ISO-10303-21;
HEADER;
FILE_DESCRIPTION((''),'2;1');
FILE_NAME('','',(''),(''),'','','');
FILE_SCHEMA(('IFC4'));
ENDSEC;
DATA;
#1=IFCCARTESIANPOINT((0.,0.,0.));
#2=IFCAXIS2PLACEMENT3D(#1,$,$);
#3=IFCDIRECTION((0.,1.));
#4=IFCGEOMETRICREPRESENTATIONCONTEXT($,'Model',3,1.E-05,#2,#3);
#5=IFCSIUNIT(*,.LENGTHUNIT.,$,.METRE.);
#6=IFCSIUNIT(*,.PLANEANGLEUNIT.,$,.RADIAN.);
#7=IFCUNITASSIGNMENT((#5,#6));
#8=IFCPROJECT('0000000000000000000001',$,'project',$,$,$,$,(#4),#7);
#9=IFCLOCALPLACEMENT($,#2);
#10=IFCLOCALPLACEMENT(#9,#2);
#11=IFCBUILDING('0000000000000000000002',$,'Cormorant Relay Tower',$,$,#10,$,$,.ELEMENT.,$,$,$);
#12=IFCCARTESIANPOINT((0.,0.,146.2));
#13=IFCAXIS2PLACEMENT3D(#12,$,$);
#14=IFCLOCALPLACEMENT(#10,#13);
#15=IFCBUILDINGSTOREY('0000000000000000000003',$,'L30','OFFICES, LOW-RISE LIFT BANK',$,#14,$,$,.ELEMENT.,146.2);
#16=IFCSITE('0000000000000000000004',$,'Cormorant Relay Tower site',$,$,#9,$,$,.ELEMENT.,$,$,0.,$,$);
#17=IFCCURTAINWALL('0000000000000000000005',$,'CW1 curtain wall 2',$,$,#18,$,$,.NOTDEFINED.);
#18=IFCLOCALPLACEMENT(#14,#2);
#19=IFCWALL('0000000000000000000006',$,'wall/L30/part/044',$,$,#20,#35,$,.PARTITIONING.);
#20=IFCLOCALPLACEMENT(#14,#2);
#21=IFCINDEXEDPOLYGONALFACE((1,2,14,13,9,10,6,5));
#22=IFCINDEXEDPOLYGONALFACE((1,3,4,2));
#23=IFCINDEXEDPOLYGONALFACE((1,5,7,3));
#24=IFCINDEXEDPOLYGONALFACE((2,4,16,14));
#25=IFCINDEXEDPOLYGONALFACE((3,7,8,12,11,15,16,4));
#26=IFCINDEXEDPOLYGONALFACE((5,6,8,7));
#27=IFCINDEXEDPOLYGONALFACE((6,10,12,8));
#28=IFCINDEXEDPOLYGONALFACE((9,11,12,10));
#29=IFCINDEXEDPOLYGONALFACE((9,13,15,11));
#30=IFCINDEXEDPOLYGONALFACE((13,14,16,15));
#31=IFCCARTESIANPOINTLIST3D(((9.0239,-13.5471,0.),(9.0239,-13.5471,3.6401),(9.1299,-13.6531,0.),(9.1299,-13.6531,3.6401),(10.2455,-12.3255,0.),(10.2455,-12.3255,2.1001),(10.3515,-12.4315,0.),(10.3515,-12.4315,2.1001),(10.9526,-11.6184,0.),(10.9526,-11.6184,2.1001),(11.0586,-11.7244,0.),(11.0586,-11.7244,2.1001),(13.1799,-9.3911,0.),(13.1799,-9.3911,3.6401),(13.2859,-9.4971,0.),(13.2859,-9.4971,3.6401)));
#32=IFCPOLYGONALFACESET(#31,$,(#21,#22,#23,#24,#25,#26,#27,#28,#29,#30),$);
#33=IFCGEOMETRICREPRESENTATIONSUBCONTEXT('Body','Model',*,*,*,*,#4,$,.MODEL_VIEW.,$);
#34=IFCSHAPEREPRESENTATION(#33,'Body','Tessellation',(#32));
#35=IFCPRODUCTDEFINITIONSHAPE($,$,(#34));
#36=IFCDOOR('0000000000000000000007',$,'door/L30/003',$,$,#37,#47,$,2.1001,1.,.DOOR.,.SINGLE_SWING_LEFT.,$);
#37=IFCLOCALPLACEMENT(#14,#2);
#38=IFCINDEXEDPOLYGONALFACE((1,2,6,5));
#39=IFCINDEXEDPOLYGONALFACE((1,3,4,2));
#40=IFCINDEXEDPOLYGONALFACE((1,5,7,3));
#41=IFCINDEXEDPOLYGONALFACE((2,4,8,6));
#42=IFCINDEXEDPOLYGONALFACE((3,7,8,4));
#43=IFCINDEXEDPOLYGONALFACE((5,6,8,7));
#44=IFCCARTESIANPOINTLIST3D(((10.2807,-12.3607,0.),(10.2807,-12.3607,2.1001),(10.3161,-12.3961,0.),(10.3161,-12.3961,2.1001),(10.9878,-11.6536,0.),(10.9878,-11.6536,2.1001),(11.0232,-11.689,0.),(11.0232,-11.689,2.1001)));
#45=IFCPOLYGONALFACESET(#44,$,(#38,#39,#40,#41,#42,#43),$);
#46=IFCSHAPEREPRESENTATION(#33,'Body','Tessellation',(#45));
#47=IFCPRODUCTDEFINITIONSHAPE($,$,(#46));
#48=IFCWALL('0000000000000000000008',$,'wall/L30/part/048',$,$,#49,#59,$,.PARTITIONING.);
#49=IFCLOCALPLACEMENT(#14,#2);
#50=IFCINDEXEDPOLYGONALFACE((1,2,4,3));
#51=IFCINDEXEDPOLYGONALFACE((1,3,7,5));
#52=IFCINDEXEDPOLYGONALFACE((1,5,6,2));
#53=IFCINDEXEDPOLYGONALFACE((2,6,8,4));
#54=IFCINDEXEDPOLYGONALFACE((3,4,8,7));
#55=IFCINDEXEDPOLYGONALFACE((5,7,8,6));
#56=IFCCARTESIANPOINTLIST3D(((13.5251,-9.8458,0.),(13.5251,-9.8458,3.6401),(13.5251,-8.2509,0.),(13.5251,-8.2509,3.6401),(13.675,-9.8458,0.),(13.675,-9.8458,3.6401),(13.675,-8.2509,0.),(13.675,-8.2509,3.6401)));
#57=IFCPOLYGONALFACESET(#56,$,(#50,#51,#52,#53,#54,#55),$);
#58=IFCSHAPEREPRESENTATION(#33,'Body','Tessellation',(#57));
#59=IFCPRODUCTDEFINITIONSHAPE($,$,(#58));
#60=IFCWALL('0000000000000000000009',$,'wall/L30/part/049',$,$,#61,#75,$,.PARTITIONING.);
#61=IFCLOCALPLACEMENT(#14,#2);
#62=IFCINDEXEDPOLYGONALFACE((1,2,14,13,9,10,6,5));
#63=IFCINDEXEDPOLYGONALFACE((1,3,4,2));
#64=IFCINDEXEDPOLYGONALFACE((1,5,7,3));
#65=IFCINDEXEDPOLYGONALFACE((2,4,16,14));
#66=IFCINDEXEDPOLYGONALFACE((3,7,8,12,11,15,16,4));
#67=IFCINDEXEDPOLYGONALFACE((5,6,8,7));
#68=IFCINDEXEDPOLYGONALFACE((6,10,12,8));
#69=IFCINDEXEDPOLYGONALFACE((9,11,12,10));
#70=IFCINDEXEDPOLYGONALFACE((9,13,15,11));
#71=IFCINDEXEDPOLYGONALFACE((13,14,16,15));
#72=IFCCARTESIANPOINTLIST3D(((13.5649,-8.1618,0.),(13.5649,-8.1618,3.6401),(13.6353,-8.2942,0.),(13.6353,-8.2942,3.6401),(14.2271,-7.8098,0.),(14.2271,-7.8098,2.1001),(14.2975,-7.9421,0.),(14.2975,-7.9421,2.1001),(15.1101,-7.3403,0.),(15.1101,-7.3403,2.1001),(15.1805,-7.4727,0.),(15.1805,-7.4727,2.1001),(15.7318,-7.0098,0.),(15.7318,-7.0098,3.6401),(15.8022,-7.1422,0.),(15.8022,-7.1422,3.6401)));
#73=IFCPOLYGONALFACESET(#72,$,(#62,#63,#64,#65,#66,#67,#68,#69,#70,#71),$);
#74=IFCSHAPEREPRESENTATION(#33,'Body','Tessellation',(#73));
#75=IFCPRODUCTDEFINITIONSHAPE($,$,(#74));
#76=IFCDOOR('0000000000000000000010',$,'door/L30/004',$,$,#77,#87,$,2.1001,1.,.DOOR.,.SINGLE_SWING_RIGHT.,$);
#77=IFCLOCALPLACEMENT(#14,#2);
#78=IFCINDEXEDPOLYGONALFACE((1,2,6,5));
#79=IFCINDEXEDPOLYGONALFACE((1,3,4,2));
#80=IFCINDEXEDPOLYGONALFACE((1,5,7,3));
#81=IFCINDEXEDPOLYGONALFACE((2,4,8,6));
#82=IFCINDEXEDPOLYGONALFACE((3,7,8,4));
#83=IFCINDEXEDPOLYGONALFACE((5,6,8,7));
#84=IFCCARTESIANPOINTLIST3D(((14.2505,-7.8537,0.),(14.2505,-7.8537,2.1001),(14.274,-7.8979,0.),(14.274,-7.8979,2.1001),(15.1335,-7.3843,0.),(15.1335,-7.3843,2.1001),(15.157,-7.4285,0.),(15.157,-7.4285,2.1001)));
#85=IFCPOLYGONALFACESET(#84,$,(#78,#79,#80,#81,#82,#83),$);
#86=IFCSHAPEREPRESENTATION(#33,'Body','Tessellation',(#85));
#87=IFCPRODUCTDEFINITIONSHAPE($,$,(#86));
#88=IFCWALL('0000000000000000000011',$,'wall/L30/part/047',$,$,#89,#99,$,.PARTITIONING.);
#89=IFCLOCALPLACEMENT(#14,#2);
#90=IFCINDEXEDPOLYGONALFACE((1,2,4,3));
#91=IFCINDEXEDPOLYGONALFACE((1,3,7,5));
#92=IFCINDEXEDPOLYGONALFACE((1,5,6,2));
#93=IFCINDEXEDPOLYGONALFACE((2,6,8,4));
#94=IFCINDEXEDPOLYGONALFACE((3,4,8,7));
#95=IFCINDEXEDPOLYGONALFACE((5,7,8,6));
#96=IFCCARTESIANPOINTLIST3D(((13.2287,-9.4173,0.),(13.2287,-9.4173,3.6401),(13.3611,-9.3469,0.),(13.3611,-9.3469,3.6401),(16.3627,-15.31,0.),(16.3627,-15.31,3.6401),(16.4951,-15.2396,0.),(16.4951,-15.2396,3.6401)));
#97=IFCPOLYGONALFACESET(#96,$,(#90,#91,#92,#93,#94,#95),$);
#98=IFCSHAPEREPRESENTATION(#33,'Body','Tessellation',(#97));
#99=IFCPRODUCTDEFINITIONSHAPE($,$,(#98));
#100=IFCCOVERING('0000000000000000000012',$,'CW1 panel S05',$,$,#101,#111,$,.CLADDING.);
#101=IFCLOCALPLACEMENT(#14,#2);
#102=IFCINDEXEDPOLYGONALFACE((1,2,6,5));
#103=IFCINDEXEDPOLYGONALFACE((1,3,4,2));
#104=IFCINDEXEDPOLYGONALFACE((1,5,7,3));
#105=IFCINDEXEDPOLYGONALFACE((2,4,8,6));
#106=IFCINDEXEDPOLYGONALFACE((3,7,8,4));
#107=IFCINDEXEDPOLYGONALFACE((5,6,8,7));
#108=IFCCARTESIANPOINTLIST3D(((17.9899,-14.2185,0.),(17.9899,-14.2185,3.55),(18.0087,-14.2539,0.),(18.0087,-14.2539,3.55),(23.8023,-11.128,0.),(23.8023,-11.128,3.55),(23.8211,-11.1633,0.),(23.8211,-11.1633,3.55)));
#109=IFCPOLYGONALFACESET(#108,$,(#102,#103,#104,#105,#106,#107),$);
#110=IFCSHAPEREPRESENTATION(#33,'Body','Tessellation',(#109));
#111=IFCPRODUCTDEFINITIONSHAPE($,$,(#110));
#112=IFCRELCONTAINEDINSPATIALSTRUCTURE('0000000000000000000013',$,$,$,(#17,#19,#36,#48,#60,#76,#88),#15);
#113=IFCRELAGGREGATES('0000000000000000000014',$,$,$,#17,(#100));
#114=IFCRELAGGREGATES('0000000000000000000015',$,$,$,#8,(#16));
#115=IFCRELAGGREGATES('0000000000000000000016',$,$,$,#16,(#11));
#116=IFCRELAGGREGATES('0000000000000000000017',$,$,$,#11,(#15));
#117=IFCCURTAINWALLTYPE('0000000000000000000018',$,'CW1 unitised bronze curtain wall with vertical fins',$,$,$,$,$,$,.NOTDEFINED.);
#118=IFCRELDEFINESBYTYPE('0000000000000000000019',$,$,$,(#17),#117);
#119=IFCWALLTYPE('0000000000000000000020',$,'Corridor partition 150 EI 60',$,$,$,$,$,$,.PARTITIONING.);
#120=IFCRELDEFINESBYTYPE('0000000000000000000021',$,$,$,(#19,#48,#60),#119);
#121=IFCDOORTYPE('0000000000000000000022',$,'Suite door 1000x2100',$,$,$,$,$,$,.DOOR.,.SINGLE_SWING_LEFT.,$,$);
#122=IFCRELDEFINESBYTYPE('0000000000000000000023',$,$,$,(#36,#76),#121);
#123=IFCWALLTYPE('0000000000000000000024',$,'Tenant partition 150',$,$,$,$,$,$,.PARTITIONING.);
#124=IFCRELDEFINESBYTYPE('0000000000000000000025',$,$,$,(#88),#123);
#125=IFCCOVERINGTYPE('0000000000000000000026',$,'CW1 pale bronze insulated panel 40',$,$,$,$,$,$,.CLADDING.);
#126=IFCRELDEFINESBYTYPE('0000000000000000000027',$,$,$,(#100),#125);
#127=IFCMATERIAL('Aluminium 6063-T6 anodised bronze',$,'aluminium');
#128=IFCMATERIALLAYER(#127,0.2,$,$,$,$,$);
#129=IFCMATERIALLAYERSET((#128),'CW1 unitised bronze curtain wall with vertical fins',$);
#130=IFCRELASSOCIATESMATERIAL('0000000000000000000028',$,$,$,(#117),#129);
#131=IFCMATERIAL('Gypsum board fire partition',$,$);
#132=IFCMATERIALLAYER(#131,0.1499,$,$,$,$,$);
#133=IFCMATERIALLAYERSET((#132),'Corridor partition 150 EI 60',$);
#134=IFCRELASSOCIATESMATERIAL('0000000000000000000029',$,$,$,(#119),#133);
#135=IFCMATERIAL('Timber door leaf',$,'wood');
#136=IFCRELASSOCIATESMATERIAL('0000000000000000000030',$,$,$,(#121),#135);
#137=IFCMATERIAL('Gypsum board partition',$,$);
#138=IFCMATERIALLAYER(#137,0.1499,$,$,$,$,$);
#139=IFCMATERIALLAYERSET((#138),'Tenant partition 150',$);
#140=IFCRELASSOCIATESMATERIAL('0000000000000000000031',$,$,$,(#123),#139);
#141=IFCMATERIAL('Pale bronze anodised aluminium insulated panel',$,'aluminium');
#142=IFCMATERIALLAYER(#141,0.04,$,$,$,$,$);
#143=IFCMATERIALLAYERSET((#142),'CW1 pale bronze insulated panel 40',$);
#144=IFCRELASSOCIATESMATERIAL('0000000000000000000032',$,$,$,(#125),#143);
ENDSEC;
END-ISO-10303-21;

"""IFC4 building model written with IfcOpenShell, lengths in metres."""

from ifc_helpers import new_model, si_unit, direction, frame, frame_2d, origin, origin_2d, place, context, subcontext, project, spatial, rectangle, extrude, material, layer, layer_set, type_object, element, fill, aggregate, save


model = new_model("IFC4")

# Units and contexts
model_context = context("Model", 3, precision=1e-05, world=origin(), true_north=direction((0.0, 1.0)))
body_context = subcontext(model_context, "Body", "Model", "MODEL_VIEW")
ifc_project = project(units=[si_unit("LENGTHUNIT", "METRE"), si_unit("PLANEANGLEUNIT", "RADIAN")], contexts=[model_context])

# Site, building, storey
site_placement = place(None, origin())
site = spatial("IfcSite", under=ifc_project, at=site_placement, Name="Cormorant Relay Tower site", CompositionType="ELEMENT", RefElevation=0.0)
building_placement = place(site_placement, origin())
building = spatial("IfcBuilding", under=site, at=building_placement, Name="Cormorant Relay Tower", CompositionType="ELEMENT")
storey_placement = place(building_placement, frame((0.0, 0.0, 146.2)))
storey = spatial("IfcBuildingStorey", under=building, at=storey_placement, Name="L30", Description="OFFICES, LOW-RISE LIFT BANK", CompositionType="ELEMENT", Elevation=146.2)

# Curtain wall
ifc_material_1 = material(Name="Aluminium 6063-T6 anodised bronze", Category="aluminium")
ifc_layer_1 = layer(ifc_material_1, 0.2)
ifc_layer_set_1 = layer_set([ifc_layer_1], Name="CW1 unitised bronze curtain wall with vertical fins")
curtain_wall_type = type_object("IfcCurtainWallType", Name="CW1 unitised bronze curtain wall with vertical fins", PredefinedType="NOTDEFINED", material=ifc_layer_set_1)
curtain_wall_placement = place(storey_placement, origin())
curtain_wall = element("IfcCurtainWall", 1, at=curtain_wall_placement, inside=storey, type_object=curtain_wall_type, Name="CW1 curtain wall 2", PredefinedType="NOTDEFINED")

# Wall, opening, door
ifc_material_2 = material(Name="Gypsum board fire partition")
ifc_layer_2 = layer(ifc_material_2, 0.1499)
ifc_layer_set_2 = layer_set([ifc_layer_2], Name="Corridor partition 150 EI 60")
wall_type_1 = type_object("IfcWallType", Name="Corridor partition 150 EI 60", PredefinedType="PARTITIONING", material=ifc_layer_set_2)
wall_1_placement = place(storey_placement, frame((13.2329, -9.4441, 0.0), z_axis=(0.0, 0.0, 1.0), x_axis=(-0.707107, -0.707107, 0.0)))
wall_1 = element("IfcWall", 2, at=wall_1_placement, inside=storey, type_object=wall_type_1, Name="wall/L30/part/044", PredefinedType="PARTITIONING", context=body_context, shape_type="SweptSolid", body=[
    extrude(rectangle(XDim=5.8774, YDim=0.1499, at=frame_2d((2.9387, 0.0))), origin(), (0.0, 0.0, 1.0), 3.6401),
])
opening_1_placement = place(wall_1_placement, frame((3.1499, 0.0, 0.0)))
opening_1 = element("IfcOpeningElement", 3, at=opening_1_placement, cuts=wall_1, PredefinedType="OPENING", context=body_context, shape_type="SweptSolid", body=[
    extrude(rectangle(XDim=1.0, YDim=2.1001, at=frame_2d((0.5, 1.05))), frame((0.0, 0.085, 0.0), z_axis=(0.0, -1.0, 0.0), x_axis=(1.0, 0.0, 0.0)), (0.0, 0.0, 1.0), 0.1699),
])
ifc_material_3 = material(Name="Timber door leaf", Category="wood")
door_type_1 = type_object("IfcDoorType", Name="Suite door 1000x2100", OperationType="SINGLE_SWING_LEFT", PredefinedType="DOOR", material=ifc_material_3)
door_1_placement = place(opening_1_placement, origin())
door_1 = element("IfcDoor", 4, at=door_1_placement, inside=storey, type_object=door_type_1, Name="door/L30/003", OperationType="SINGLE_SWING_LEFT", OverallHeight=2.1001, OverallWidth=1.0, PredefinedType="DOOR", context=body_context, shape_type="SweptSolid", body=[
    extrude(rectangle(XDim=1.0, YDim=2.1001, at=frame_2d((0.5, 1.05))), frame((0.0, 0.0249, 0.0), z_axis=(0.0, -1.0, 0.0), x_axis=(1.0, 0.0, 0.0)), (0.0, 0.0, 1.0), 0.05),
])
fill(opening_1, door_1)

# Wall
wall_2_placement = place(storey_placement, frame((13.6001, -8.251, 0.0), z_axis=(0.0, 0.0, 1.0), x_axis=(0.0, -1.0, 0.0)))
element("IfcWall", 5, at=wall_2_placement, inside=storey, type_object=wall_type_1, Name="wall/L30/part/048", PredefinedType="PARTITIONING", context=body_context, shape_type="SweptSolid", body=[
    extrude(rectangle(XDim=1.595, YDim=0.1499, at=frame_2d((0.7974, 0.0))), origin(), (0.0, 0.0, 1.0), 3.6401),
])

# Wall, opening, door
wall_3_placement = place(storey_placement, frame((13.6001, -8.228, 0.0), z_axis=(0.0, 0.0, 1.0), x_axis=(0.882966, 0.469436, 0.0)))
wall_3 = element("IfcWall", 6, at=wall_3_placement, inside=storey, type_object=wall_type_1, Name="wall/L30/part/049", PredefinedType="PARTITIONING", context=body_context, shape_type="SweptSolid", body=[
    extrude(rectangle(XDim=2.4541, YDim=0.1499, at=frame_2d((1.2271, 0.0))), origin(), (0.0, 0.0, 1.0), 3.6401),
])
opening_2_placement = place(wall_3_placement, frame((0.75, 0.0, 0.0)))
opening_2 = element("IfcOpeningElement", 7, at=opening_2_placement, cuts=wall_3, PredefinedType="OPENING", context=body_context, shape_type="SweptSolid", body=[
    extrude(rectangle(XDim=1.0, YDim=2.1001, at=frame_2d((0.5, 1.05))), frame((0.0, 0.085, 0.0), z_axis=(0.0, -1.0, 0.0), x_axis=(1.0, 0.0, 0.0)), (0.0, 0.0, 1.0), 0.1699),
])
door_2_placement = place(opening_2_placement, frame((1.0, 0.0, 0.0), z_axis=(0.0, 0.0, 1.0), x_axis=(-1.0, 0.0, 0.0)))
door_2 = element("IfcDoor", 8, at=door_2_placement, inside=storey, type_object=door_type_1, Name="door/L30/004", OperationType="SINGLE_SWING_RIGHT", OverallHeight=2.1001, OverallWidth=1.0, PredefinedType="DOOR", context=body_context, shape_type="SweptSolid", body=[
    extrude(rectangle(XDim=1.0, YDim=2.1001, at=frame_2d((0.5, 1.05))), frame((0.0, 0.0249, 0.0), z_axis=(0.0, -1.0, 0.0), x_axis=(1.0, 0.0, 0.0)), (0.0, 0.0, 1.0), 0.05),
])
fill(opening_2, door_2)

# Wall
ifc_material_4 = material(Name="Gypsum board partition")
ifc_layer_3 = layer(ifc_material_4, 0.1499)
ifc_layer_set_3 = layer_set([ifc_layer_3], Name="Tenant partition 150")
wall_type_2 = type_object("IfcWallType", Name="Tenant partition 150", PredefinedType="PARTITIONING", material=ifc_layer_set_3)
wall_4_placement = place(storey_placement, frame((13.2949, -9.3821, 0.0), z_axis=(0.0, 0.0, 1.0), x_axis=(0.469561, -0.8829, 0.0)))
element("IfcWall", 9, at=wall_4_placement, inside=storey, type_object=wall_type_2, Name="wall/L30/part/047", PredefinedType="PARTITIONING", context=body_context, shape_type="SweptSolid", body=[
    extrude(rectangle(XDim=6.6743, YDim=0.1499, at=frame_2d((3.3372, 0.0))), origin(), (0.0, 0.0, 1.0), 3.6401),
])

# Covering
ifc_material_5 = material(Name="Pale bronze anodised aluminium insulated panel", Category="aluminium")
ifc_layer_4 = layer(ifc_material_5, 0.04)
ifc_layer_set_4 = layer_set([ifc_layer_4], Name="CW1 pale bronze insulated panel 40")
covering_type = type_object("IfcCoveringType", Name="CW1 pale bronze insulated panel 40", PredefinedType="CLADDING", material=ifc_layer_set_4)
covering_placement = place(storey_placement, frame((20.9055, -12.6909, 0.0), z_axis=(0.0, 0.0, 1.0), x_axis=(0.882948, 0.469472, 0.0)))
covering = element("IfcCovering", 10, at=covering_placement, type_object=covering_type, Name="CW1 panel S05", PredefinedType="CLADDING", context=body_context, shape_type="SweptSolid", body=[
    extrude(rectangle(XDim=6.583, YDim=0.04, at=origin_2d()), origin(), (0.0, 0.0, 1.0), 3.55),
])
aggregate(curtain_wall, [covering])

save(model, "model.ifc")
